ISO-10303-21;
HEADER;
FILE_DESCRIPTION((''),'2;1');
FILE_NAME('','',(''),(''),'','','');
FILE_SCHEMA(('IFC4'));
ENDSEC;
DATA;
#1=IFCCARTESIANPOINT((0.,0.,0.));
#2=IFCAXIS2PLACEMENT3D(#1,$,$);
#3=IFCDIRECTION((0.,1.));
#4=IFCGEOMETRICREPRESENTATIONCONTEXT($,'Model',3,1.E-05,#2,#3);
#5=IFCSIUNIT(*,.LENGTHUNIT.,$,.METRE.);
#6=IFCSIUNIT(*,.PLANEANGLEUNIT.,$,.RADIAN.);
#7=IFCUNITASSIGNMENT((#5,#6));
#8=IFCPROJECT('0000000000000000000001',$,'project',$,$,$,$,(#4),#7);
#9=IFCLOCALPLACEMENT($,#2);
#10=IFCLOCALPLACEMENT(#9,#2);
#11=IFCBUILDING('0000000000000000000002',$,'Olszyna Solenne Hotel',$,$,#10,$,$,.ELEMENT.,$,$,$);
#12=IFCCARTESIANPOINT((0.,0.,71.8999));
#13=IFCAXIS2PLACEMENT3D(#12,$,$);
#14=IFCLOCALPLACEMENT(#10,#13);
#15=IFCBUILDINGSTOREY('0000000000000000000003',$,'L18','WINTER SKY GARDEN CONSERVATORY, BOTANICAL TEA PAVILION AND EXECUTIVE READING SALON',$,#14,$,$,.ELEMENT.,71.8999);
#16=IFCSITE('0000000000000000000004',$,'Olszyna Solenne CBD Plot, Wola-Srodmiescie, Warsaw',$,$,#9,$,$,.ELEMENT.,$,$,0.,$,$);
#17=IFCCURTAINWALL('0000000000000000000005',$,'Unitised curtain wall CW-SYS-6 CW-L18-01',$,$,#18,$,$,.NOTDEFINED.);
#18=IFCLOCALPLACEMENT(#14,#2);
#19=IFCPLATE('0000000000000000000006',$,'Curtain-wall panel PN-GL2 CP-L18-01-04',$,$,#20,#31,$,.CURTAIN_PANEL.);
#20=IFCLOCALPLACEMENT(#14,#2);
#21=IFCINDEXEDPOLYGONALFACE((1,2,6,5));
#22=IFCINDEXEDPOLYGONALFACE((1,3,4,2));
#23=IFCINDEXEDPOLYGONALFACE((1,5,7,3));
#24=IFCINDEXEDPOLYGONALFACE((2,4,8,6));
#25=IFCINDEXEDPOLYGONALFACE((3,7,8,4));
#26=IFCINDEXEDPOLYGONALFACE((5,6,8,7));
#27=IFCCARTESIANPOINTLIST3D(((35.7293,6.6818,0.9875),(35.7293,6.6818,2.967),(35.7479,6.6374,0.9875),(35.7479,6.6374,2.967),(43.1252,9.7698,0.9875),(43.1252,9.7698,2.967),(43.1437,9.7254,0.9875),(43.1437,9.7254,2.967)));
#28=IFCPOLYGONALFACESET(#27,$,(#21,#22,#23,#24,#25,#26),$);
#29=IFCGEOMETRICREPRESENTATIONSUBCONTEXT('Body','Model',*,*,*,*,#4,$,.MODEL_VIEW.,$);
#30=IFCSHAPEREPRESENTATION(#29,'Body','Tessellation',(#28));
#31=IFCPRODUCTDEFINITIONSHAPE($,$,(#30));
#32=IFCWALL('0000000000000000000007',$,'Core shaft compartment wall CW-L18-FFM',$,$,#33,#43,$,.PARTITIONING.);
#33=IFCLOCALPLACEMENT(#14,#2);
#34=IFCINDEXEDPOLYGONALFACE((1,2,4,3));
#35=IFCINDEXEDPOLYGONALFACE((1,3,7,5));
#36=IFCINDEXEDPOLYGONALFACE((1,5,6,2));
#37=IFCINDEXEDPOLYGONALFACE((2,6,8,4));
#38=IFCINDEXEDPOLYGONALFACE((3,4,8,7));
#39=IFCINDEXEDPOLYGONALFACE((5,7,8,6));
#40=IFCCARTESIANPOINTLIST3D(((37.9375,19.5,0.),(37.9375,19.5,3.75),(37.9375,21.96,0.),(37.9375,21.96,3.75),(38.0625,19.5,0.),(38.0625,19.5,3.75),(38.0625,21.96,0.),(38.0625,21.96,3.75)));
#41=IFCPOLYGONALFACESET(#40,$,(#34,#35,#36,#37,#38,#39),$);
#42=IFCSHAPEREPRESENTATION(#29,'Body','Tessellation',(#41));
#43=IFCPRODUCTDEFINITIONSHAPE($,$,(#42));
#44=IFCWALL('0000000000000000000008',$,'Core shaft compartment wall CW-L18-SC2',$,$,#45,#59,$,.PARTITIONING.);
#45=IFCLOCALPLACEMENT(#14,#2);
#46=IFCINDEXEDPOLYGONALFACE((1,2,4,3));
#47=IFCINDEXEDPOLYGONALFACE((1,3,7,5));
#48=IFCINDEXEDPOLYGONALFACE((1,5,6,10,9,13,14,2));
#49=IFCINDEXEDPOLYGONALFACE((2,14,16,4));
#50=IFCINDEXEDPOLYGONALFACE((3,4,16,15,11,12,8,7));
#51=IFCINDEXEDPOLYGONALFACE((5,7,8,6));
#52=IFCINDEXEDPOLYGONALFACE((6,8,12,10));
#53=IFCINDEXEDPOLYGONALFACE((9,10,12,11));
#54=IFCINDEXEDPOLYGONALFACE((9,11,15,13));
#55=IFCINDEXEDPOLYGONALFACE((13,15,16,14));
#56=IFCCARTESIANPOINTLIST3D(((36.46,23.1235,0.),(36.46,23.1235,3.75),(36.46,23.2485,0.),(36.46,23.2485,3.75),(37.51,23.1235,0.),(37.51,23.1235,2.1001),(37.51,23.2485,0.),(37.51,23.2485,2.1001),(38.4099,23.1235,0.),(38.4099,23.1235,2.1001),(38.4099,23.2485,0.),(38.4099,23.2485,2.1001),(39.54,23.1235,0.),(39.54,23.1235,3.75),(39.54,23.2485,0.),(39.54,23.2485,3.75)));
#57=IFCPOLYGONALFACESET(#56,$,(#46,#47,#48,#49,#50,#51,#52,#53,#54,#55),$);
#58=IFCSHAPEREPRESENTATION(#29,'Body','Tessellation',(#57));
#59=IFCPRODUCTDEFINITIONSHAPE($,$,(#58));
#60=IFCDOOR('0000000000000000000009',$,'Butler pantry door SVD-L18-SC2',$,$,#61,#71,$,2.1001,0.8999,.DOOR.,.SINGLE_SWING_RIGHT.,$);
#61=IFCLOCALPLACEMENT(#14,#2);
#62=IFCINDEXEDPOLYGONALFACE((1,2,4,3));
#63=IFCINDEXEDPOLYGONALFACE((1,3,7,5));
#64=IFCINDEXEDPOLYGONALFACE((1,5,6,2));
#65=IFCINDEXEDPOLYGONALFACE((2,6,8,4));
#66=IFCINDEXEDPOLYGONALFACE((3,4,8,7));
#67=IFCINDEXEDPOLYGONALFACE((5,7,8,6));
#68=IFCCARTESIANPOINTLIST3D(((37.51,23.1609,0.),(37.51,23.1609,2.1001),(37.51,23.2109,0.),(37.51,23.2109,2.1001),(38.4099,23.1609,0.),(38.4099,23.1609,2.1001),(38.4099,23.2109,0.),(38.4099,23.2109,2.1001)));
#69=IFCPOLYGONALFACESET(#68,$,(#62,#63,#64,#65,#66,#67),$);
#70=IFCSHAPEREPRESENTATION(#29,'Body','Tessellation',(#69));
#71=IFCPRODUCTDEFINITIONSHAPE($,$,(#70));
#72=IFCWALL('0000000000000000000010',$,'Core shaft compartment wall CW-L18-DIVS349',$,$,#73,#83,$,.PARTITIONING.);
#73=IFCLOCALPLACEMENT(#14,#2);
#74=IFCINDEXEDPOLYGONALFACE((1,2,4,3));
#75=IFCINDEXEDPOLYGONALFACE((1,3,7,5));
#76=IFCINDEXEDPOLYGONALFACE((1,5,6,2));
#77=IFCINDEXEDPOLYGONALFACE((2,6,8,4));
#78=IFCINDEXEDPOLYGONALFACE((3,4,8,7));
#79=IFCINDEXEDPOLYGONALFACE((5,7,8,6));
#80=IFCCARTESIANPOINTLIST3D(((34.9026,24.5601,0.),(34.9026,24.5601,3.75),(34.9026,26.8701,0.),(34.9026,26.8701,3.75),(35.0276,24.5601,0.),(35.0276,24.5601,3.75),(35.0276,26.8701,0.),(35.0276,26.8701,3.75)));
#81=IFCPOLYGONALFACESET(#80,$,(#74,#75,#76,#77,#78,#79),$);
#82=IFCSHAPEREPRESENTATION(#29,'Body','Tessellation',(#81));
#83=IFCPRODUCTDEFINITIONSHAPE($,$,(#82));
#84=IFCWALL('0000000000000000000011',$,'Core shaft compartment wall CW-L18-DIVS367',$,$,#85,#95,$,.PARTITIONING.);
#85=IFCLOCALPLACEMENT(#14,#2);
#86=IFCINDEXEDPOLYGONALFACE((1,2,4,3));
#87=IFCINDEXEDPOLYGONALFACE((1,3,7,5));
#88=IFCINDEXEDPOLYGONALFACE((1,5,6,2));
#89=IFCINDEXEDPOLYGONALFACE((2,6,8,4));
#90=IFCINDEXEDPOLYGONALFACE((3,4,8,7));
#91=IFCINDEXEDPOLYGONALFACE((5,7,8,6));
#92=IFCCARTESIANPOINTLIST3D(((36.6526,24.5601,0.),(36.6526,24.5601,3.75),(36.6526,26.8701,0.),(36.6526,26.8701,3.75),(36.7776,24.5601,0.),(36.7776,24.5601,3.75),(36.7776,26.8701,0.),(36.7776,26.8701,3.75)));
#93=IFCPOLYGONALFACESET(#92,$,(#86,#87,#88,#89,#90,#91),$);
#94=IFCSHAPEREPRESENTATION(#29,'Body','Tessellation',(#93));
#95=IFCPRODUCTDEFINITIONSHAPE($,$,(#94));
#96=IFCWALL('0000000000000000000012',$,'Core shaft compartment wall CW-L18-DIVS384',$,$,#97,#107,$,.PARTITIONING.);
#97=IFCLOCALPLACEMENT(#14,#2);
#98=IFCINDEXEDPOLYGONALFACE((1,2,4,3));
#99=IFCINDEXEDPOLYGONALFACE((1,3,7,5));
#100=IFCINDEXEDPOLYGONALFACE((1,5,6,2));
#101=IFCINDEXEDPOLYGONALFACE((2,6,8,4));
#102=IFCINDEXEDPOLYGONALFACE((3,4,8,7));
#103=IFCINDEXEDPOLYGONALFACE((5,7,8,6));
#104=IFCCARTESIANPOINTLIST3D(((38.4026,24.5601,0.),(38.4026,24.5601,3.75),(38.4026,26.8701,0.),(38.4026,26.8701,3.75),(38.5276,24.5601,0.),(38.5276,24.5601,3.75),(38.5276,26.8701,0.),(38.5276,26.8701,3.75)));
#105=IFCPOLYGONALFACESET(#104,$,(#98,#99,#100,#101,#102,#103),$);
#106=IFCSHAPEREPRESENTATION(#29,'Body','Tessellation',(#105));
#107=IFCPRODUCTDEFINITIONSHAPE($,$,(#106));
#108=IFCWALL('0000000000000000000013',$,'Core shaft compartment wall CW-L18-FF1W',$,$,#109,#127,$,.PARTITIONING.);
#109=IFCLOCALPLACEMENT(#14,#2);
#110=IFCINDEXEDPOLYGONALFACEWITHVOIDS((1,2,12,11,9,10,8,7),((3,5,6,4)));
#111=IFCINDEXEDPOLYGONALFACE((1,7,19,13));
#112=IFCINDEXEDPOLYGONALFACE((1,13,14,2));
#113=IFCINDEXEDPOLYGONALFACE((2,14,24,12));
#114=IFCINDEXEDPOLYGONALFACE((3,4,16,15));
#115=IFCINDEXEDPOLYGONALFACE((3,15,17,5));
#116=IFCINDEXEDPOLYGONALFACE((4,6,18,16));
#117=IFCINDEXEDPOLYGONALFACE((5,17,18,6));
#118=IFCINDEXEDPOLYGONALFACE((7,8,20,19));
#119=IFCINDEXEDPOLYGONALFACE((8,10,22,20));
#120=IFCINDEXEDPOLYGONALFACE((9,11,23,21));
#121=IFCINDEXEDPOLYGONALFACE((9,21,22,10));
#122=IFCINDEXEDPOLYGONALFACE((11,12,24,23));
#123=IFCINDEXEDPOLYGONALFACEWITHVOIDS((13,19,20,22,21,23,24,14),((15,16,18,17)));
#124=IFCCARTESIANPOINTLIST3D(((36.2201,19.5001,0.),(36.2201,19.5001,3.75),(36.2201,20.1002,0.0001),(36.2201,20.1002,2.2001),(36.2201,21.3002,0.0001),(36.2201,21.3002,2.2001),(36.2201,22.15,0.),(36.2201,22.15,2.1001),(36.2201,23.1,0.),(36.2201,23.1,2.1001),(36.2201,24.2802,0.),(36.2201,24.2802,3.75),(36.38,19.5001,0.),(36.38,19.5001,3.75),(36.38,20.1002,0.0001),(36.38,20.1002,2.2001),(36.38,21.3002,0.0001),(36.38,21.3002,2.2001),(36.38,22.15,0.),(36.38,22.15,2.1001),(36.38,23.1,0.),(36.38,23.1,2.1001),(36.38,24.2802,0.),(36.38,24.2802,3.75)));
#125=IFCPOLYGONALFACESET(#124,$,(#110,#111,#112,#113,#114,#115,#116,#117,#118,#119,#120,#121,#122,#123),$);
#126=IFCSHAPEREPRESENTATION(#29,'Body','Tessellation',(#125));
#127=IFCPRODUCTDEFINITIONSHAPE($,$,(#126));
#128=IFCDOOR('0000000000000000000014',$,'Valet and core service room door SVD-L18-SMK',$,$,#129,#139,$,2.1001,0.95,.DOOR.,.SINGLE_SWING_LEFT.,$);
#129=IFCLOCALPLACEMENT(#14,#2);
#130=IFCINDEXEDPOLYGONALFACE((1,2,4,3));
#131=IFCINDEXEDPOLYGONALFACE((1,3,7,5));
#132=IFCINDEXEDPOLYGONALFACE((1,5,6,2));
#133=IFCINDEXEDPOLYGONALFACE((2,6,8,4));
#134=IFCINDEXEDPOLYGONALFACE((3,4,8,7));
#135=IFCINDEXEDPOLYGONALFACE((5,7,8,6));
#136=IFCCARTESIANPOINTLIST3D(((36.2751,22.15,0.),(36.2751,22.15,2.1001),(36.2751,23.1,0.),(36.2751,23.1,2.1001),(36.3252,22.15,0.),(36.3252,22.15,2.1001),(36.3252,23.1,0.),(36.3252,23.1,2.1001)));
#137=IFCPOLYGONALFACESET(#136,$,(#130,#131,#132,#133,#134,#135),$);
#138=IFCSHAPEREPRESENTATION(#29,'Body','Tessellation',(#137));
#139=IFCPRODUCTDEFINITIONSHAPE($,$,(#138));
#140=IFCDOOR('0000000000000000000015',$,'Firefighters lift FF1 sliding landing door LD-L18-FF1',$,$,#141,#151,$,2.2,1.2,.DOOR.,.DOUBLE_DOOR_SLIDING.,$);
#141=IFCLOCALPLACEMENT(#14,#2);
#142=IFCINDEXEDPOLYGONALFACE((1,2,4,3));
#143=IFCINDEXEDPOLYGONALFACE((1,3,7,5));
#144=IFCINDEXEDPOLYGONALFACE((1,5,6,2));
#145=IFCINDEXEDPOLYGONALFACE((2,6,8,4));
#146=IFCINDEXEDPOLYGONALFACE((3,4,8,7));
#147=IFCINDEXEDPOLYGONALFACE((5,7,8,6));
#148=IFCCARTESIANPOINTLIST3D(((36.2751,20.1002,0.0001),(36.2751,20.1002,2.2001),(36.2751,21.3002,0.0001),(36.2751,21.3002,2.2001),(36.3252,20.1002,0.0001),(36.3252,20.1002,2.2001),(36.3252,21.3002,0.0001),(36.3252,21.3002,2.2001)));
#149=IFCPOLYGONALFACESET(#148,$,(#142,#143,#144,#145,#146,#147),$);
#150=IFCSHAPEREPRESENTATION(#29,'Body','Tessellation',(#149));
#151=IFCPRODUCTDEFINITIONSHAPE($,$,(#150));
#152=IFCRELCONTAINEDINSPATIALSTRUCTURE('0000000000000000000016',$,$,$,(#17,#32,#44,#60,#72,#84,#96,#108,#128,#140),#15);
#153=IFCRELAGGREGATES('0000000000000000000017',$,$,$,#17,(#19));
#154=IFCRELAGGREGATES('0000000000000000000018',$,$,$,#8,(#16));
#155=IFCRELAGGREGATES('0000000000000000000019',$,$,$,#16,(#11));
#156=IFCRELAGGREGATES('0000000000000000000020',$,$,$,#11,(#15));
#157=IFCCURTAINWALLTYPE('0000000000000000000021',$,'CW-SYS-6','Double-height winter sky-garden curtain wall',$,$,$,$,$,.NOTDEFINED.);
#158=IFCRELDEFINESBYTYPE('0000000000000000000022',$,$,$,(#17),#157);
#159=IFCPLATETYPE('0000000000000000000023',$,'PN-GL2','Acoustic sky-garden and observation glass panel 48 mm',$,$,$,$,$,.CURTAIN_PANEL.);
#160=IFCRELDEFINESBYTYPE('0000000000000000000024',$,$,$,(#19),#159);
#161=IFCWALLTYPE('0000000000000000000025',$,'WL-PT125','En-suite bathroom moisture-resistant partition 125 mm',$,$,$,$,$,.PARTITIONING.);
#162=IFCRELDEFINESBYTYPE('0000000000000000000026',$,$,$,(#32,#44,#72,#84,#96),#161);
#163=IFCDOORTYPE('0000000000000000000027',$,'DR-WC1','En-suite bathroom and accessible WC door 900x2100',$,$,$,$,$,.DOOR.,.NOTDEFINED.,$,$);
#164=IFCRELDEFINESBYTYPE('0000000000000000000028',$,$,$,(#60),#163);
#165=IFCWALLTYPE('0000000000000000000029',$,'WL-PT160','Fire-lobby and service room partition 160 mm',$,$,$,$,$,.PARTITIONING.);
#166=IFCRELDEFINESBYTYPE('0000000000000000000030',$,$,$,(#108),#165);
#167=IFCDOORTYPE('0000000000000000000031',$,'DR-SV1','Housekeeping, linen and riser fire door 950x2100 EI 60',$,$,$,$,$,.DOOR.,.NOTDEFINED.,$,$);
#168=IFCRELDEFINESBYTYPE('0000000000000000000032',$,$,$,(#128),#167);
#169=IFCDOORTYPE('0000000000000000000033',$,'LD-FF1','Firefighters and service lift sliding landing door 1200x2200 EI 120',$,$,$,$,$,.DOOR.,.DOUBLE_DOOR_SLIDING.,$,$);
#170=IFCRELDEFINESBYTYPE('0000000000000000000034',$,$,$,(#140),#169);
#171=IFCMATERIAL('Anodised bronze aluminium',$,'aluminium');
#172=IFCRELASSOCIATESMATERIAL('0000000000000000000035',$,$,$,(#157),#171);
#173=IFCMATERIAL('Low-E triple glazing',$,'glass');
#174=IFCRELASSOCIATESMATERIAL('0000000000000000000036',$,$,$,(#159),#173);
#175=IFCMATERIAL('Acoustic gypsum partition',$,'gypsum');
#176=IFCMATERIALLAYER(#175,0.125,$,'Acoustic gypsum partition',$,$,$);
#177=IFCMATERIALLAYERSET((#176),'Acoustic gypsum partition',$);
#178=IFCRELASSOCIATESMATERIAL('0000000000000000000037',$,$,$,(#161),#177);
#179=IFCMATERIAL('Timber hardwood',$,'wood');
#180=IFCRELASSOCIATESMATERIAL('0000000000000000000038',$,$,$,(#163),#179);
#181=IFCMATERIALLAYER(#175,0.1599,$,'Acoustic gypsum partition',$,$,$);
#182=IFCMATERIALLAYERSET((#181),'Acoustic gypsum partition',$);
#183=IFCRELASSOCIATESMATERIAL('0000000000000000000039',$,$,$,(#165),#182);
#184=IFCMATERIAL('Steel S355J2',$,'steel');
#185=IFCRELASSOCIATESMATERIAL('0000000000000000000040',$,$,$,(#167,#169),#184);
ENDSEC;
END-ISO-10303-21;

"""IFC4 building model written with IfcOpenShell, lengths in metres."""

from ifc_helpers import new_model, si_unit, direction, frame, frame_2d, origin, origin_2d, place, context, subcontext, project, spatial, rectangle, extrude, source, transform, mapped, material, layer, layer_set, type_object, type_shapes, element, fill, aggregate, save


model = new_model("IFC4")

# Units and contexts
model_context = context("Model", 3, precision=1e-05, world=origin(), true_north=direction((0.0, 1.0)))
body_context = subcontext(model_context, "Body", "Model", "MODEL_VIEW")
ifc_project = project(units=[si_unit("LENGTHUNIT", "METRE"), si_unit("PLANEANGLEUNIT", "RADIAN")], contexts=[model_context])

# Site, building, storey
site_placement = place(None, origin())
site = spatial("IfcSite", under=ifc_project, at=site_placement, Name="Olszyna Solenne CBD Plot, Wola-Srodmiescie, Warsaw", CompositionType="ELEMENT", RefElevation=0.0)
building_placement = place(site_placement, origin())
building = spatial("IfcBuilding", under=site, at=building_placement, Name="Olszyna Solenne Hotel", CompositionType="ELEMENT")
storey_placement = place(building_placement, frame((0.0, 0.0, 71.8999)))
storey = spatial("IfcBuildingStorey", under=building, at=storey_placement, Name="L18", Description="WINTER SKY GARDEN CONSERVATORY, BOTANICAL TEA PAVILION AND EXECUTIVE READING SALON", CompositionType="ELEMENT", Elevation=71.8999)

# Shared definitions
ifc_material_1 = material(Name="Steel S355J2", Category="steel")

# Curtain wall, plate
ifc_material_2 = material(Name="Anodised bronze aluminium", Category="aluminium")
curtain_wall_type = type_object("IfcCurtainWallType", Name="CW-SYS-6", Description="Double-height winter sky-garden curtain wall", PredefinedType="NOTDEFINED", material=ifc_material_2)
curtain_wall_placement = place(storey_placement, origin())
curtain_wall = element("IfcCurtainWall", 1, at=curtain_wall_placement, inside=storey, type_object=curtain_wall_type, Name="Unitised curtain wall CW-SYS-6 CW-L18-01", PredefinedType="NOTDEFINED")
ifc_material_3 = material(Name="Low-E triple glazing", Category="glass")
plate_type_1 = type_object("IfcPlateType", Name="PN-GL2", Description="Acoustic sky-garden and observation glass panel 48 mm", PredefinedType="CURTAIN_PANEL", material=ifc_material_3)
shared_shape_1 = source(origin(), body_context, "Body", "SweptSolid", [
    extrude(rectangle(XDim=8.0146, YDim=0.0481, at=origin_2d()), origin(), (0.0, 0.0, 1.0), 1.9795),
])
plate_1_placement = place(storey_placement, frame((39.4365, 8.2036, 0.9875), z_axis=(0.0, 0.0, 1.0), x_axis=(0.922793, 0.385296, 0.0)))
plate_1 = element("IfcPlate", 2, at=plate_1_placement, type_object=plate_type_1, Name="Curtain-wall panel PN-GL2 CP-L18-01-04", PredefinedType="CURTAIN_PANEL", context=body_context, shape_type="MappedRepresentation", body=[
    mapped(shared_shape_1, transform((0.0, 0.0, 0.0), x_axis=(1.0, 0.0, 0.0), y_axis=(0.0, 1.0, 0.0), z_axis=(0.0, 0.0, 1.0), scale=1.0)),
])
aggregate(curtain_wall, [plate_1])

# Wall
ifc_material_4 = material(Name="Acoustic gypsum partition", Category="gypsum")
ifc_layer_1 = layer(ifc_material_4, 0.125, Name="Acoustic gypsum partition")
ifc_layer_set_1 = layer_set([ifc_layer_1], Name="Acoustic gypsum partition")
wall_type_1 = type_object("IfcWallType", Name="WL-PT125", Description="En-suite bathroom moisture-resistant partition 125 mm", PredefinedType="PARTITIONING", material=ifc_layer_set_1)
wall_1_placement = place(storey_placement, frame((38.0, 19.5, 0.0), z_axis=(0.0, 0.0, 1.0), x_axis=(0.0, 1.0, 0.0)))
element("IfcWall", 3, at=wall_1_placement, inside=storey, type_object=wall_type_1, Name="Core shaft compartment wall CW-L18-FFM", PredefinedType="PARTITIONING", context=body_context, shape_type="SweptSolid", body=[
    extrude(rectangle(XDim=2.46, YDim=0.125, at=frame_2d((1.23, 0.0))), origin(), (0.0, 0.0, 1.0), 3.75),
])

# Wall, opening, door
wall_2_placement = place(storey_placement, frame((36.46, 23.186, 0.0), z_axis=(0.0, 0.0, 1.0), x_axis=(1.0, 0.0, 0.0)))
wall_2 = element("IfcWall", 4, at=wall_2_placement, inside=storey, type_object=wall_type_1, Name="Core shaft compartment wall CW-L18-SC2", PredefinedType="PARTITIONING", context=body_context, shape_type="SweptSolid", body=[
    extrude(rectangle(XDim=3.0801, YDim=0.125, at=frame_2d((1.54, 0.0))), origin(), (0.0, 0.0, 1.0), 3.75),
])
opening_1_placement = place(wall_2_placement, frame((1.05, 0.0, 0.0)))
opening_1 = element("IfcOpeningElement", 5, at=opening_1_placement, cuts=wall_2, PredefinedType="OPENING", context=body_context, shape_type="SweptSolid", body=[
    extrude(rectangle(XDim=0.8999, YDim=2.1001, at=frame_2d((0.45, 1.05))), frame((0.0, 0.0725, 0.0), z_axis=(0.0, -1.0, 0.0), x_axis=(1.0, 0.0, 0.0)), (0.0, 0.0, 1.0), 0.145),
])
ifc_material_5 = material(Name="Timber hardwood", Category="wood")
door_type_1 = type_object("IfcDoorType", Name="DR-WC1", Description="En-suite bathroom and accessible WC door 900x2100", OperationType="NOTDEFINED", PredefinedType="DOOR", material=ifc_material_5)
shared_shape_2 = source(origin(), body_context, "Body", "SweptSolid", [
    extrude(rectangle(XDim=0.8999, YDim=2.1001, at=frame_2d((0.45, 1.05))), frame((0.0, 0.0249, 0.0), z_axis=(0.0, -1.0, 0.0), x_axis=(1.0, 0.0, 0.0)), (0.0, 0.0, 1.0), 0.05),
])
type_shapes(door_type_1, [shared_shape_2])
door_1_placement = place(opening_1_placement, origin())
door_1 = element("IfcDoor", 6, at=door_1_placement, inside=storey, type_object=door_type_1, Name="Butler pantry door SVD-L18-SC2", OperationType="SINGLE_SWING_RIGHT", OverallHeight=2.1001, OverallWidth=0.8999, PredefinedType="DOOR", context=body_context, shape_type="MappedRepresentation", body=[
    mapped(shared_shape_2, transform((0.0, 0.0, 0.0), x_axis=(1.0, 0.0, 0.0), y_axis=(0.0, 1.0, 0.0), z_axis=(0.0, 0.0, 1.0), scale=1.0)),
])
fill(opening_1, door_1)

# Walls
for number, where, z_axis, x_axis, name in (
    (7, (34.9651, 24.5601, 0.0), (0.0, 0.0, 1.0), (0.0, 1.0, 0.0), "Core shaft compartment wall CW-L18-DIVS349"),
    (8, (36.7151, 24.5601, 0.0), (0.0, 0.0, 1.0), (0.0, 1.0, 0.0), "Core shaft compartment wall CW-L18-DIVS367"),
    (9, (38.4651, 24.5601, 0.0), (0.0, 0.0, 1.0), (0.0, 1.0, 0.0), "Core shaft compartment wall CW-L18-DIVS384"),
):
    element("IfcWall", number, at=place(storey_placement, frame(where, z_axis=z_axis, x_axis=x_axis)), inside=storey, type_object=wall_type_1, Name=name, PredefinedType="PARTITIONING", context=body_context, shape_type="SweptSolid", body=[
        extrude(rectangle(XDim=2.3101, YDim=0.125, at=frame_2d((1.155, 0.0))), origin(), (0.0, 0.0, 1.0), 3.75),
    ])

# Wall, openings, doors
ifc_layer_2 = layer(ifc_material_4, 0.1599, Name="Acoustic gypsum partition")
ifc_layer_set_2 = layer_set([ifc_layer_2], Name="Acoustic gypsum partition")
wall_type_2 = type_object("IfcWallType", Name="WL-PT160", Description="Fire-lobby and service room partition 160 mm", PredefinedType="PARTITIONING", material=ifc_layer_set_2)
wall_3_placement = place(storey_placement, frame((36.3, 19.5, 0.0), z_axis=(0.0, 0.0, 1.0), x_axis=(0.0, 1.0, 0.0)))
wall_3 = element("IfcWall", 10, at=wall_3_placement, inside=storey, type_object=wall_type_2, Name="Core shaft compartment wall CW-L18-FF1W", PredefinedType="PARTITIONING", context=body_context, shape_type="SweptSolid", body=[
    extrude(rectangle(XDim=4.78, YDim=0.1599, at=frame_2d((2.3901, 0.0))), origin(), (0.0, 0.0, 1.0), 3.75),
])
opening_2_placement = place(wall_3_placement, frame((0.6001, 0.0, 0.0)))
opening_2 = element("IfcOpeningElement", 11, at=opening_2_placement, cuts=wall_3, PredefinedType="OPENING", context=body_context, shape_type="SweptSolid", body=[
    extrude(rectangle(XDim=1.2, YDim=2.2, at=frame_2d((0.6001, 1.1001))), frame((0.0, 0.0898, 0.0), z_axis=(0.0, -1.0, 0.0), x_axis=(1.0, 0.0, 0.0)), (0.0, 0.0, 1.0), 0.1799),
])
opening_3_placement = place(wall_3_placement, frame((2.6499, 0.0, 0.0)))
opening_3 = element("IfcOpeningElement", 12, at=opening_3_placement, cuts=wall_3, PredefinedType="OPENING", context=body_context, shape_type="SweptSolid", body=[
    extrude(rectangle(XDim=0.95, YDim=2.1001, at=frame_2d((0.4751, 1.05))), frame((0.0, 0.0898, 0.0), z_axis=(0.0, -1.0, 0.0), x_axis=(1.0, 0.0, 0.0)), (0.0, 0.0, 1.0), 0.1799),
])
door_type_2 = type_object("IfcDoorType", Name="DR-SV1", Description="Housekeeping, linen and riser fire door 950x2100 EI 60", OperationType="NOTDEFINED", PredefinedType="DOOR", material=ifc_material_1)
shared_shape_3 = source(origin(), body_context, "Body", "SweptSolid", [
    extrude(rectangle(XDim=0.95, YDim=2.1001, at=frame_2d((0.4751, 1.05))), frame((0.0, 0.0249, 0.0), z_axis=(0.0, -1.0, 0.0), x_axis=(1.0, 0.0, 0.0)), (0.0, 0.0, 1.0), 0.05),
])
type_shapes(door_type_2, [shared_shape_3])
door_2_placement = place(opening_3_placement, origin())
door_2 = element("IfcDoor", 13, at=door_2_placement, inside=storey, type_object=door_type_2, Name="Valet and core service room door SVD-L18-SMK", OperationType="SINGLE_SWING_LEFT", OverallHeight=2.1001, OverallWidth=0.95, PredefinedType="DOOR", context=body_context, shape_type="MappedRepresentation", body=[
    mapped(shared_shape_3, transform((0.0, 0.0, 0.0), x_axis=(1.0, 0.0, 0.0), y_axis=(0.0, 1.0, 0.0), z_axis=(0.0, 0.0, 1.0), scale=1.0)),
])
fill(opening_3, door_2)
door_type_3 = type_object("IfcDoorType", Name="LD-FF1", Description="Firefighters and service lift sliding landing door 1200x2200 EI 120", OperationType="DOUBLE_DOOR_SLIDING", PredefinedType="DOOR", material=ifc_material_1)
shared_shape_4 = source(origin(), body_context, "Body", "SweptSolid", [
    extrude(rectangle(XDim=1.2, YDim=2.2, at=frame_2d((0.6001, 1.1001))), frame((0.0, 0.0249, 0.0), z_axis=(0.0, -1.0, 0.0), x_axis=(1.0, 0.0, 0.0)), (0.0, 0.0, 1.0), 0.05),
])
type_shapes(door_type_3, [shared_shape_4])
door_3_placement = place(opening_2_placement, origin())
door_3 = element("IfcDoor", 14, at=door_3_placement, inside=storey, type_object=door_type_3, Name="Firefighters lift FF1 sliding landing door LD-L18-FF1", OperationType="DOUBLE_DOOR_SLIDING", OverallHeight=2.2, OverallWidth=1.2, PredefinedType="DOOR", context=body_context, shape_type="MappedRepresentation", body=[
    mapped(shared_shape_4, transform((0.0, 0.0, 0.0), x_axis=(1.0, 0.0, 0.0), y_axis=(0.0, 1.0, 0.0), z_axis=(0.0, 0.0, 1.0), scale=1.0)),
])
fill(opening_2, door_3)

save(model, "model.ifc")
